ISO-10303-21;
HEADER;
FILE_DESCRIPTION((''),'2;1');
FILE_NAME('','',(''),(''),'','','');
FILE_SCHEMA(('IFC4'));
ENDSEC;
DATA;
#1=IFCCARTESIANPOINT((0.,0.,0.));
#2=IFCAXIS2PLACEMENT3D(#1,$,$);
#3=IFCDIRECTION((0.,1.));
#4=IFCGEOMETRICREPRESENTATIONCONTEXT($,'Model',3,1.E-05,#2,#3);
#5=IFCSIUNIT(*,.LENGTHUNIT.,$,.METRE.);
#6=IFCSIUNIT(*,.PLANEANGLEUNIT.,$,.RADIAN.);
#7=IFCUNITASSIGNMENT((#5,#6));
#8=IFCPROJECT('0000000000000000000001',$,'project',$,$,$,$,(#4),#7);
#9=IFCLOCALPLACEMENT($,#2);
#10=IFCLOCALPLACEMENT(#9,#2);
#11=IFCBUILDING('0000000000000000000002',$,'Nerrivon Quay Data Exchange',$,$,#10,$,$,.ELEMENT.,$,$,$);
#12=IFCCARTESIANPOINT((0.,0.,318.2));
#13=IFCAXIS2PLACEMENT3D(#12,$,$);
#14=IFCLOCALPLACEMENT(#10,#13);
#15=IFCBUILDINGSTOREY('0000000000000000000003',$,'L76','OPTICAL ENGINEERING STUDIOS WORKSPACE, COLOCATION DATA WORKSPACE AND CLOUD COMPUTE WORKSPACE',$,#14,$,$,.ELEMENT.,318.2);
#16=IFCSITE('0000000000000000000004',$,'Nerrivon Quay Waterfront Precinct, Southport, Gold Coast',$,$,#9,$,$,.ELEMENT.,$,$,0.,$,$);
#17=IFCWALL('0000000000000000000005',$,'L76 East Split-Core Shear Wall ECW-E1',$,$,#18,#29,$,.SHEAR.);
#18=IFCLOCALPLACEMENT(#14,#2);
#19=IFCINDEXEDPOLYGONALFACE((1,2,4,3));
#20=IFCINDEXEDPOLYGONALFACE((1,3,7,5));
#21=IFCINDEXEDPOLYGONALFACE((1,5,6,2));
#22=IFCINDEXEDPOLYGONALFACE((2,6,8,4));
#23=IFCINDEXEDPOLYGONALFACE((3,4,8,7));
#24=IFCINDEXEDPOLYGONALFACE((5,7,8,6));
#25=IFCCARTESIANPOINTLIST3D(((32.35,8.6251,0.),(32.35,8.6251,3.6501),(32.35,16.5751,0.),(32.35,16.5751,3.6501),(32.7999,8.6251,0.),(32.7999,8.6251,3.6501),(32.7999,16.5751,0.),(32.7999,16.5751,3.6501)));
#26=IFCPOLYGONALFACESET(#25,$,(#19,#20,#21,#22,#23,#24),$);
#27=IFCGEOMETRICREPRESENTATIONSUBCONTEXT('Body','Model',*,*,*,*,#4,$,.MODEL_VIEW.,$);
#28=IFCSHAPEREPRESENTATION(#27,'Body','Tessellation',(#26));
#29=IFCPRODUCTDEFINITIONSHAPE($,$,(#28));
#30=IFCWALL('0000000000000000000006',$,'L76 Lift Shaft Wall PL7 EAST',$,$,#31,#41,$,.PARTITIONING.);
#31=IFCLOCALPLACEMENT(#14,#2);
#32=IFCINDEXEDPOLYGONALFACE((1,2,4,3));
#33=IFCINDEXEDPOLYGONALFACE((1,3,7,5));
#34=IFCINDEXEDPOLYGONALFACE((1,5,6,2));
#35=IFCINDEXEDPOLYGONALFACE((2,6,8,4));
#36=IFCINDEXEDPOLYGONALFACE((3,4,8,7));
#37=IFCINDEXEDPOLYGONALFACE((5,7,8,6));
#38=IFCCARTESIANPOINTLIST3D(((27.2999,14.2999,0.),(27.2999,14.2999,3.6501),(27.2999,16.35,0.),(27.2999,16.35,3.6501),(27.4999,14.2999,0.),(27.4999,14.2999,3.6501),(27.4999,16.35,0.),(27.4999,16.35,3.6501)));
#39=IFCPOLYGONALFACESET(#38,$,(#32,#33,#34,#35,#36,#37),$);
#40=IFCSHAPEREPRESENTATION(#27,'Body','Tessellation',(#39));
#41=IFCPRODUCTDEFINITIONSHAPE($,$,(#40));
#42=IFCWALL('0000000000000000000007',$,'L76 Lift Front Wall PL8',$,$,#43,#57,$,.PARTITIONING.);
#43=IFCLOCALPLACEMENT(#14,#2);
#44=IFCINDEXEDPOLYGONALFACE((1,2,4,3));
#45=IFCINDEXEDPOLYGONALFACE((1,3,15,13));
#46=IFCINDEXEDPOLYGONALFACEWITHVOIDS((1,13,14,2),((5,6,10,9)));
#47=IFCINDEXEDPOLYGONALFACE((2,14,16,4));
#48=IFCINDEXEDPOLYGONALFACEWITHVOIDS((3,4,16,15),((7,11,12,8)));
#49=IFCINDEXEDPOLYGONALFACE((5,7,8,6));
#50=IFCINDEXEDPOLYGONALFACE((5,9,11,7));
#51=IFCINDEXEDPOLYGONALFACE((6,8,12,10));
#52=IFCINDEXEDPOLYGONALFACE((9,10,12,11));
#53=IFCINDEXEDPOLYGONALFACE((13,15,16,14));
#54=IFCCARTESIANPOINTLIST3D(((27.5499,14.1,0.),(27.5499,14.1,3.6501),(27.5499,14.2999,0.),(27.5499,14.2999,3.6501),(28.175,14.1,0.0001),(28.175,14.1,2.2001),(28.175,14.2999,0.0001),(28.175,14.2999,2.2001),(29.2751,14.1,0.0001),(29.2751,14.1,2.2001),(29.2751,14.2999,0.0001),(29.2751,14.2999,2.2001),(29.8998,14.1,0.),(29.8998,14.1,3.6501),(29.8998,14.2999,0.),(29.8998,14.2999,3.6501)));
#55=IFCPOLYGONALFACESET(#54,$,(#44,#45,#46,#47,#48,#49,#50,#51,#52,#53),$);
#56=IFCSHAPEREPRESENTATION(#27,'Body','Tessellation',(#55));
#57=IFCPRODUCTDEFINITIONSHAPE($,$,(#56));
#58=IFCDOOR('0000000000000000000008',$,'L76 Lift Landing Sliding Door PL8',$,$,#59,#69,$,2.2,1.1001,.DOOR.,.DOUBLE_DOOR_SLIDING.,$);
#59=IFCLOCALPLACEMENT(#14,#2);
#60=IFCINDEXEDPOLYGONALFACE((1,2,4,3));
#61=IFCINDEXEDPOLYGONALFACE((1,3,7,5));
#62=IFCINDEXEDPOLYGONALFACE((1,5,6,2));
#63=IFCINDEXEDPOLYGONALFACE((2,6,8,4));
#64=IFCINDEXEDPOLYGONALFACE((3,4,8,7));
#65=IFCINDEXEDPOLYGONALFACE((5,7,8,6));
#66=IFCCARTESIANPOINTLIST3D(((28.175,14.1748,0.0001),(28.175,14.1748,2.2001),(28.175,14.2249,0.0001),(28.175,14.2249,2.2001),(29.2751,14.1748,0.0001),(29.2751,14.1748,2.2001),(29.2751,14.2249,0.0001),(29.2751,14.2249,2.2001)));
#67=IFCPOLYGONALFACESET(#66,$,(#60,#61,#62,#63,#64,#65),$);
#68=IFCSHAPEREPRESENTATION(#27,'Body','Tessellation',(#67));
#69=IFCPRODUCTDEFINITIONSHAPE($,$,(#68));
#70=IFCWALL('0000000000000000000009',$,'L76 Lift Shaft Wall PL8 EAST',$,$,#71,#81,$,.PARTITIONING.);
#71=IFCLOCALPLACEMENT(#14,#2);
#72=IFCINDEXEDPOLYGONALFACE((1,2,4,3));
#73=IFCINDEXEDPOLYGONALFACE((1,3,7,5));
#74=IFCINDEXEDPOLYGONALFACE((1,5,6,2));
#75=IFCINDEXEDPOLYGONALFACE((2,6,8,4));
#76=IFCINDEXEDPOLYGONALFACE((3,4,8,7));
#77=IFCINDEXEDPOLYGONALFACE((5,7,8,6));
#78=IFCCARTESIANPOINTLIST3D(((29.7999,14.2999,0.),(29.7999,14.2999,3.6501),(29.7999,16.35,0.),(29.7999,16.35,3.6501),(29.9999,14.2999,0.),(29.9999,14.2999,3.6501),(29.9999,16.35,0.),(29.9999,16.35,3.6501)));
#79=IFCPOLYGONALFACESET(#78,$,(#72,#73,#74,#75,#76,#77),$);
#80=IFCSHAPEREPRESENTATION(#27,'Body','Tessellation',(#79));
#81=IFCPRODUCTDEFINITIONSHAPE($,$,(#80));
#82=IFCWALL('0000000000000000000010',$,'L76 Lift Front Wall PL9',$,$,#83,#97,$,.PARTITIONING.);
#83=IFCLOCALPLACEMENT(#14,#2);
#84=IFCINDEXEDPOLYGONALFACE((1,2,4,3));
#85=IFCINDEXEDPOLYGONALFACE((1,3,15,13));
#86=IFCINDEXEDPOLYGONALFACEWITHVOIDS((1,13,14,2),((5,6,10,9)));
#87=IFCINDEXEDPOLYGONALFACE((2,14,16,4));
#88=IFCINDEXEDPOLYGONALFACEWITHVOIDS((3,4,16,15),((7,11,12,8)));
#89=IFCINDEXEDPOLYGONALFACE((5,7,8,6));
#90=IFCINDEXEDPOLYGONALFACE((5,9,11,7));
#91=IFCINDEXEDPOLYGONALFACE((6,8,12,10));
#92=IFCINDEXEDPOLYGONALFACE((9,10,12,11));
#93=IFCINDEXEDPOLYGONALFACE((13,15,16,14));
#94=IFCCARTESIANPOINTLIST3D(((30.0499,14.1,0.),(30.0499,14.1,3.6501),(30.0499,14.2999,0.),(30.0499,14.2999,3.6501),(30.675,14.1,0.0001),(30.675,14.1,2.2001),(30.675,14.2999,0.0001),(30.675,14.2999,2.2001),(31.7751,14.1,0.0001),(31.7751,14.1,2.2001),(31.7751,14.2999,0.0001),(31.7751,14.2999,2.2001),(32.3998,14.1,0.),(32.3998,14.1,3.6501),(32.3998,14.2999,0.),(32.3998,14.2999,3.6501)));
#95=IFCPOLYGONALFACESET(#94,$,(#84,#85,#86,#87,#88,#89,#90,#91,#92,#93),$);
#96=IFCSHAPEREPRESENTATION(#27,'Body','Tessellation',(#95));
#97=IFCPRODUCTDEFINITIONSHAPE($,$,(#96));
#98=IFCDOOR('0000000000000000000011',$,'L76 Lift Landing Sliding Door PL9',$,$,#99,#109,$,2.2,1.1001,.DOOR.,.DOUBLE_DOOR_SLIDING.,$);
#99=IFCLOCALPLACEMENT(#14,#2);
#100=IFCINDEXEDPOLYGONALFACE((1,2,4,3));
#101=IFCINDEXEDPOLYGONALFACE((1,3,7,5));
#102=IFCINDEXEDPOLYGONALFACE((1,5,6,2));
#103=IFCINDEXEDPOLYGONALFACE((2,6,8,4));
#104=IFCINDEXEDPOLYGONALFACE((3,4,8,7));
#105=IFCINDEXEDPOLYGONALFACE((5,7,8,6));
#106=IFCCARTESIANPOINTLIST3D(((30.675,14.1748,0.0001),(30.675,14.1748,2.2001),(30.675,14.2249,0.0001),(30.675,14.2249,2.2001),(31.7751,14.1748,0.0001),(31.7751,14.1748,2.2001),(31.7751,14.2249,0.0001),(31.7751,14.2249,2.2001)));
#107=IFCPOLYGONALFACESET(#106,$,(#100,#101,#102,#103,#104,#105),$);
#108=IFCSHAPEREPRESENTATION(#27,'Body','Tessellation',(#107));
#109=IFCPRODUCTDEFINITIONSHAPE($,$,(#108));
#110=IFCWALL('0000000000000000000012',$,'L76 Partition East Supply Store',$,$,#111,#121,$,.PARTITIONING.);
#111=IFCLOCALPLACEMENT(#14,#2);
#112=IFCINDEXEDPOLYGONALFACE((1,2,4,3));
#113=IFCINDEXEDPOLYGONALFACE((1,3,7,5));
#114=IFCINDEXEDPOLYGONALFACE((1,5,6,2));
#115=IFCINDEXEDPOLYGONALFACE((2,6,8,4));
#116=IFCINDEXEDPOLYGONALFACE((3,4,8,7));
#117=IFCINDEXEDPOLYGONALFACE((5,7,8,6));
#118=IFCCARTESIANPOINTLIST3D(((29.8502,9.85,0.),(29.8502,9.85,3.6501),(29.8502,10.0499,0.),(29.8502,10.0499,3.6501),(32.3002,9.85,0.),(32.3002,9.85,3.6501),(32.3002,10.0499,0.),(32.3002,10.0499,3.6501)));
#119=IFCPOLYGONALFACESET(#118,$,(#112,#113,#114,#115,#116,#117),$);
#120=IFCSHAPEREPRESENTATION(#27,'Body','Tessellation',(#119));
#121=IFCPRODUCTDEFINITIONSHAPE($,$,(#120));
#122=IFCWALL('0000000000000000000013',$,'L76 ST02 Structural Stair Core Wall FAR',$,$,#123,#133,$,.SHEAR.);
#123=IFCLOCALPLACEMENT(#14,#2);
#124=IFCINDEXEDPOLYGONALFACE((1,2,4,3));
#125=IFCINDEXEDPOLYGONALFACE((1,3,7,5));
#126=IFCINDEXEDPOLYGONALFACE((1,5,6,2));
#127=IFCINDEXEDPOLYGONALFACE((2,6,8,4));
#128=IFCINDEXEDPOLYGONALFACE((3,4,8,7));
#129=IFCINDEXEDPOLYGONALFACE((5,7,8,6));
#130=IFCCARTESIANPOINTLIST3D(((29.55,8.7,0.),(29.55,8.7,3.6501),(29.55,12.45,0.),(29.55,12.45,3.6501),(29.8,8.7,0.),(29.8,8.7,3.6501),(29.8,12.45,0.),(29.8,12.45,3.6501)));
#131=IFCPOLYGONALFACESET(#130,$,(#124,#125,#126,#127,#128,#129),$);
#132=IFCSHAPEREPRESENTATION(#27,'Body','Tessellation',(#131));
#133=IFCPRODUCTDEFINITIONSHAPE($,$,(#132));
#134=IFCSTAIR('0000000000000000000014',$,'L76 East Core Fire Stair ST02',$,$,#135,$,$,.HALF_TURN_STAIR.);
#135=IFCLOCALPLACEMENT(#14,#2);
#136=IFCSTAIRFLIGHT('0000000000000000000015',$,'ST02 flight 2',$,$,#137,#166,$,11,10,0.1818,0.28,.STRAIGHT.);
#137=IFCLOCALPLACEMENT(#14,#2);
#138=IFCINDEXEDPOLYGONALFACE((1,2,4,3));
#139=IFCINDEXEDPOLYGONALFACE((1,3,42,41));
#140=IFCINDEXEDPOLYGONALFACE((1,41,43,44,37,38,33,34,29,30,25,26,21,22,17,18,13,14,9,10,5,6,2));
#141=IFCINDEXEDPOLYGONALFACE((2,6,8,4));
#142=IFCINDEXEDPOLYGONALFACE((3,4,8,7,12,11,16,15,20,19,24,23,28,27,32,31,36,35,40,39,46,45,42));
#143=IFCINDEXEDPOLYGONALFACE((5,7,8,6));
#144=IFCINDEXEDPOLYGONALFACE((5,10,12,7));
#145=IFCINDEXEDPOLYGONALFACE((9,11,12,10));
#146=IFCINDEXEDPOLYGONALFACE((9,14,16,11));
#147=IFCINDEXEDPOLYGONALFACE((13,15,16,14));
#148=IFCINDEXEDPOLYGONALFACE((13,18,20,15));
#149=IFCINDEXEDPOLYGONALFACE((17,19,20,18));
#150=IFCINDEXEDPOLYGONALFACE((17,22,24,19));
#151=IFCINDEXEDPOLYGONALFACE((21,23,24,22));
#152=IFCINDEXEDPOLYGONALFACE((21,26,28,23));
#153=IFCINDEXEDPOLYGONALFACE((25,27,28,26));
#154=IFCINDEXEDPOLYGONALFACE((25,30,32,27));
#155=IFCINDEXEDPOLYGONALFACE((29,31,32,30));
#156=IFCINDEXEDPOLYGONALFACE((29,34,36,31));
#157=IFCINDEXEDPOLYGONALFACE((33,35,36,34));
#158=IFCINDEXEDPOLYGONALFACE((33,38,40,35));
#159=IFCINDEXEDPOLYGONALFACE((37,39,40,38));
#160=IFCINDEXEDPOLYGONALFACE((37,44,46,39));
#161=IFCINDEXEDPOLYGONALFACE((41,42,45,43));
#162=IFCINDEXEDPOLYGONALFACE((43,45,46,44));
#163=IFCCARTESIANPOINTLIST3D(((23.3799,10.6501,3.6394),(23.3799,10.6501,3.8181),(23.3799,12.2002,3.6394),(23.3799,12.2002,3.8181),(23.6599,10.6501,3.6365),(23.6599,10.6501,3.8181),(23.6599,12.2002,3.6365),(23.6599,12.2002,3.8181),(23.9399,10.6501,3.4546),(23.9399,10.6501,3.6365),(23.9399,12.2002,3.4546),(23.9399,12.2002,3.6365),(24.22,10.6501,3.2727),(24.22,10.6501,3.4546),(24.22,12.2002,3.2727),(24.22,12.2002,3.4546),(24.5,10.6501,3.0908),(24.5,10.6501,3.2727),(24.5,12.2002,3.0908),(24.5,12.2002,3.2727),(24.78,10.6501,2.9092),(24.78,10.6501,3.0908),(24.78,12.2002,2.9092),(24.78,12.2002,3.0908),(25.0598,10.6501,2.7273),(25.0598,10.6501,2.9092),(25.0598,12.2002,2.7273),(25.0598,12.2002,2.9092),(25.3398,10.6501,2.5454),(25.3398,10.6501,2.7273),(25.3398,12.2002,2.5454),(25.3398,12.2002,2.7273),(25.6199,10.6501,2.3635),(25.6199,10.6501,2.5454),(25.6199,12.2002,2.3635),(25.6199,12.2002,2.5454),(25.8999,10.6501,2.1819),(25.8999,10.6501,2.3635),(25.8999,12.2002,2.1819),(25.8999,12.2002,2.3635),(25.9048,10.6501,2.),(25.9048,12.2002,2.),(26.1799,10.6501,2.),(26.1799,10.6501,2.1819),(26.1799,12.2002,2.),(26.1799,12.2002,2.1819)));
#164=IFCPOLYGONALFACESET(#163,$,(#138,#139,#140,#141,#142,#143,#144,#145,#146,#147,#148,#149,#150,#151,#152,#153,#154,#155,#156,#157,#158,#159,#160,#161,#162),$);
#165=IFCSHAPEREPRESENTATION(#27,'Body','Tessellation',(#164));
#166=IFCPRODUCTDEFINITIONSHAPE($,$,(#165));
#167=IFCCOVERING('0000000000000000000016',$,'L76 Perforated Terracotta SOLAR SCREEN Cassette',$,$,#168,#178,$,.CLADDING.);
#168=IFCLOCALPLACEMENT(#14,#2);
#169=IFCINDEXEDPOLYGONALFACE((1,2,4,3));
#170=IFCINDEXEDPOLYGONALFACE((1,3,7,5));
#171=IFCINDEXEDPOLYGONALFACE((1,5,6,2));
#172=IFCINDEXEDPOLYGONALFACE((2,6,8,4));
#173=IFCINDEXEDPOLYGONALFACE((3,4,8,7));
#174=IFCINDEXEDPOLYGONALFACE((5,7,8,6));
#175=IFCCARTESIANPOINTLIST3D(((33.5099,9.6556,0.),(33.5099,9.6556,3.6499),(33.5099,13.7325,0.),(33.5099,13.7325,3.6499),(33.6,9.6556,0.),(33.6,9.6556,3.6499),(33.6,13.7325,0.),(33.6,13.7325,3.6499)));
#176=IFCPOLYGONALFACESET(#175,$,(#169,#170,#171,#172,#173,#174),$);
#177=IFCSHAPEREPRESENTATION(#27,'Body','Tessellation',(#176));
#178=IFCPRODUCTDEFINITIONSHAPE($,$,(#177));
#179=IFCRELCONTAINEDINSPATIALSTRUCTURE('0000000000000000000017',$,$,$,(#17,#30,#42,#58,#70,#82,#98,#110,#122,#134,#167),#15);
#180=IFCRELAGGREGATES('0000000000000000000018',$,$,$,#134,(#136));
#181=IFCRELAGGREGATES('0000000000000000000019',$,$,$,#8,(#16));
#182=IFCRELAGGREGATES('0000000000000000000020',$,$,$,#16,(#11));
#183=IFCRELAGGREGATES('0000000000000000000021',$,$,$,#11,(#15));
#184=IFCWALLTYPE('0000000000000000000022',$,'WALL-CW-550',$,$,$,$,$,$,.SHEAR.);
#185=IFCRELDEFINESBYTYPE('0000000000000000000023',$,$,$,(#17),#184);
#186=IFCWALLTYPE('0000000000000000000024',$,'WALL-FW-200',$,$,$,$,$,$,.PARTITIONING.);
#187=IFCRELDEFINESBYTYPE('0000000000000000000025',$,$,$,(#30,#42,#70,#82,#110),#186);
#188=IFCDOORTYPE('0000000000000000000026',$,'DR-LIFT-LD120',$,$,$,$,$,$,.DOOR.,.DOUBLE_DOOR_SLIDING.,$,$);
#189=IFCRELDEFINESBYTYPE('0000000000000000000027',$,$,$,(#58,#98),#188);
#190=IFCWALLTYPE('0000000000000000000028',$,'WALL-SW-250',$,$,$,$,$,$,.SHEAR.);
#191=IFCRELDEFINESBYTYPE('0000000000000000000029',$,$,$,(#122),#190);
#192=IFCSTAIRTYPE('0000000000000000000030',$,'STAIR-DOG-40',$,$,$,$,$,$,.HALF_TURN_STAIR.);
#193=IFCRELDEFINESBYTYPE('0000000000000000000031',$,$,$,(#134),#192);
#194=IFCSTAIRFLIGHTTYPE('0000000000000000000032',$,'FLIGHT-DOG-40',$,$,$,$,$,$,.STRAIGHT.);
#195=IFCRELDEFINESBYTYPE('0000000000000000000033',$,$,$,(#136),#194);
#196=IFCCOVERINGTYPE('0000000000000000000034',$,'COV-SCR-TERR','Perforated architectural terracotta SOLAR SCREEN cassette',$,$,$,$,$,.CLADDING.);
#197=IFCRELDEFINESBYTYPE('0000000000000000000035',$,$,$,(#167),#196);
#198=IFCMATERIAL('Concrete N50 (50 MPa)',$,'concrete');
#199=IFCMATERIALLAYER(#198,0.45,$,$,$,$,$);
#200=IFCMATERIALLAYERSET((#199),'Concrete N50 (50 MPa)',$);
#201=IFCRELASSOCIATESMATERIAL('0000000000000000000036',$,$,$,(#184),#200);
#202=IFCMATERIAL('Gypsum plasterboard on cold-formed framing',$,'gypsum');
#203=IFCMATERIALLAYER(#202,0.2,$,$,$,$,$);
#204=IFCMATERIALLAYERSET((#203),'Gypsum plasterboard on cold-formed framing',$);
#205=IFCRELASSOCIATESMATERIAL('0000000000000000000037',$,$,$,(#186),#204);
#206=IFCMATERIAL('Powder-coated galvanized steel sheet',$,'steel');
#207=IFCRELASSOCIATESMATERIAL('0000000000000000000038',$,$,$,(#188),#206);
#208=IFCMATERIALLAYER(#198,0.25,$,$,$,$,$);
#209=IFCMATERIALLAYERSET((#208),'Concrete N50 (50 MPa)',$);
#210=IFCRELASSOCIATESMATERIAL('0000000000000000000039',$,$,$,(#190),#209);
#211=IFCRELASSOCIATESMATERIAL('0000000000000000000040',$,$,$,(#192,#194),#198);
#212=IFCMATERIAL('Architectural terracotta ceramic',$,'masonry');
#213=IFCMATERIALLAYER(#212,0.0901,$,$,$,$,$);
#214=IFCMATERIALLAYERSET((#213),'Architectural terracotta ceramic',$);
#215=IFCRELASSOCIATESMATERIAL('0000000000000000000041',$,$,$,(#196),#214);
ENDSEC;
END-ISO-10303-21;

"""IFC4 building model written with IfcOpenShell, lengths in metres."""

from ifc_helpers import new_model, si_unit, direction, frame, frame_2d, origin, origin_2d, place, context, subcontext, project, spatial, polyline, rectangle, outline, extrude, material, layer, layer_set, type_object, element, fill, aggregate, save


model = new_model("IFC4")

# Units and contexts
model_context = context("Model", 3, precision=1e-05, world=origin(), true_north=direction((0.0, 1.0)))
body_context = subcontext(model_context, "Body", "Model", "MODEL_VIEW")
ifc_project = project(units=[si_unit("LENGTHUNIT", "METRE"), si_unit("PLANEANGLEUNIT", "RADIAN")], contexts=[model_context])

# Site, building, storey
site_placement = place(None, origin())
site = spatial("IfcSite", under=ifc_project, at=site_placement, Name="Nerrivon Quay Waterfront Precinct, Southport, Gold Coast", CompositionType="ELEMENT", RefElevation=0.0)
building_placement = place(site_placement, origin())
building = spatial("IfcBuilding", under=site, at=building_placement, Name="Nerrivon Quay Data Exchange", CompositionType="ELEMENT")
storey_placement = place(building_placement, frame((0.0, 0.0, 318.2)))
storey = spatial("IfcBuildingStorey", under=building, at=storey_placement, Name="L76", Description="OPTICAL ENGINEERING STUDIOS WORKSPACE, COLOCATION DATA WORKSPACE AND CLOUD COMPUTE WORKSPACE", CompositionType="ELEMENT", Elevation=318.2)

# Shared definitions
ifc_material_1 = material(Name="Concrete N50 (50 MPa)", Category="concrete")

# Walls
ifc_layer_1 = layer(ifc_material_1, 0.45)
ifc_layer_set_1 = layer_set([ifc_layer_1], Name="Concrete N50 (50 MPa)")
wall_type_1 = type_object("IfcWallType", Name="WALL-CW-550", PredefinedType="SHEAR", material=ifc_layer_set_1)
wall_1_placement = place(storey_placement, frame((32.575, 8.625, 0.0), z_axis=(0.0, 0.0, 1.0), x_axis=(0.0, 1.0, 0.0)))
element("IfcWall", 1, at=wall_1_placement, inside=storey, type_object=wall_type_1, Name="L76 East Split-Core Shear Wall ECW-E1", PredefinedType="SHEAR", context=body_context, shape_type="SweptSolid", body=[
    extrude(rectangle(XDim=7.95, YDim=0.45, at=frame_2d((3.9751, 0.0))), origin(), (0.0, 0.0, 1.0), 3.6501),
])
ifc_material_2 = material(Name="Gypsum plasterboard on cold-formed framing", Category="gypsum")
ifc_layer_2 = layer(ifc_material_2, 0.2)
ifc_layer_set_2 = layer_set([ifc_layer_2], Name="Gypsum plasterboard on cold-formed framing")
wall_type_2 = type_object("IfcWallType", Name="WALL-FW-200", PredefinedType="PARTITIONING", material=ifc_layer_set_2)
wall_2_placement = place(storey_placement, frame((27.3999, 14.3, 0.0), z_axis=(0.0, 0.0, 1.0), x_axis=(0.0, 1.0, 0.0)))
element("IfcWall", 2, at=wall_2_placement, inside=storey, type_object=wall_type_2, Name="L76 Lift Shaft Wall PL7 EAST", PredefinedType="PARTITIONING", context=body_context, shape_type="SweptSolid", body=[
    extrude(rectangle(XDim=2.05, YDim=0.2, at=frame_2d((1.0249, 0.0))), origin(), (0.0, 0.0, 1.0), 3.6501),
])

# Wall, opening, door
wall_3_placement = place(storey_placement, frame((27.55, 14.2, 0.0), z_axis=(0.0, 0.0, 1.0), x_axis=(1.0, 0.0, 0.0)))
wall_3 = element("IfcWall", 3, at=wall_3_placement, inside=storey, type_object=wall_type_2, Name="L76 Lift Front Wall PL8", PredefinedType="PARTITIONING", context=body_context, shape_type="SweptSolid", body=[
    extrude(rectangle(XDim=2.3499, YDim=0.2, at=frame_2d((1.1748, 0.0))), origin(), (0.0, 0.0, 1.0), 3.6501),
])
opening_1_placement = place(wall_3_placement, frame((0.625, 0.0, 0.0)))
opening_1 = element("IfcOpeningElement", 4, at=opening_1_placement, cuts=wall_3, PredefinedType="OPENING", context=body_context, shape_type="SweptSolid", body=[
    extrude(rectangle(XDim=1.1001, YDim=2.2, at=frame_2d((0.55, 1.1001))), frame((0.0, 0.1099, 0.0), z_axis=(0.0, -1.0, 0.0), x_axis=(1.0, 0.0, 0.0)), (0.0, 0.0, 1.0), 0.22),
])
ifc_material_3 = material(Name="Powder-coated galvanized steel sheet", Category="steel")
door_type_1 = type_object("IfcDoorType", Name="DR-LIFT-LD120", OperationType="DOUBLE_DOOR_SLIDING", PredefinedType="DOOR", material=ifc_material_3)
door_1_placement = place(opening_1_placement, origin())
door_1 = element("IfcDoor", 5, at=door_1_placement, inside=storey, type_object=door_type_1, Name="L76 Lift Landing Sliding Door PL8", OperationType="DOUBLE_DOOR_SLIDING", OverallHeight=2.2, OverallWidth=1.1001, PredefinedType="DOOR", context=body_context, shape_type="SweptSolid", body=[
    extrude(rectangle(XDim=1.1001, YDim=2.2, at=frame_2d((0.55, 1.1001))), frame((0.0, 0.0249, 0.0), z_axis=(0.0, -1.0, 0.0), x_axis=(1.0, 0.0, 0.0)), (0.0, 0.0, 1.0), 0.05),
])
fill(opening_1, door_1)

# Wall
wall_4_placement = place(storey_placement, frame((29.8999, 14.3, 0.0), z_axis=(0.0, 0.0, 1.0), x_axis=(0.0, 1.0, 0.0)))
element("IfcWall", 6, at=wall_4_placement, inside=storey, type_object=wall_type_2, Name="L76 Lift Shaft Wall PL8 EAST", PredefinedType="PARTITIONING", context=body_context, shape_type="SweptSolid", body=[
    extrude(rectangle(XDim=2.05, YDim=0.2, at=frame_2d((1.0249, 0.0))), origin(), (0.0, 0.0, 1.0), 3.6501),
])

# Wall, opening, door
wall_5_placement = place(storey_placement, frame((30.05, 14.2, 0.0), z_axis=(0.0, 0.0, 1.0), x_axis=(1.0, 0.0, 0.0)))
wall_5 = element("IfcWall", 7, at=wall_5_placement, inside=storey, type_object=wall_type_2, Name="L76 Lift Front Wall PL9", PredefinedType="PARTITIONING", context=body_context, shape_type="SweptSolid", body=[
    extrude(rectangle(XDim=2.3499, YDim=0.2, at=frame_2d((1.1748, 0.0))), origin(), (0.0, 0.0, 1.0), 3.6501),
])
opening_2_placement = place(wall_5_placement, frame((0.625, 0.0, 0.0)))
opening_2 = element("IfcOpeningElement", 8, at=opening_2_placement, cuts=wall_5, PredefinedType="OPENING", context=body_context, shape_type="SweptSolid", body=[
    extrude(rectangle(XDim=1.1001, YDim=2.2, at=frame_2d((0.55, 1.1001))), frame((0.0, 0.1099, 0.0), z_axis=(0.0, -1.0, 0.0), x_axis=(1.0, 0.0, 0.0)), (0.0, 0.0, 1.0), 0.22),
])
door_2_placement = place(opening_2_placement, origin())
door_2 = element("IfcDoor", 9, at=door_2_placement, inside=storey, type_object=door_type_1, Name="L76 Lift Landing Sliding Door PL9", OperationType="DOUBLE_DOOR_SLIDING", OverallHeight=2.2, OverallWidth=1.1001, PredefinedType="DOOR", context=body_context, shape_type="SweptSolid", body=[
    extrude(rectangle(XDim=1.1001, YDim=2.2, at=frame_2d((0.55, 1.1001))), frame((0.0, 0.0249, 0.0), z_axis=(0.0, -1.0, 0.0), x_axis=(1.0, 0.0, 0.0)), (0.0, 0.0, 1.0), 0.05),
])
fill(opening_2, door_2)

# Walls
wall_6_placement = place(storey_placement, frame((29.8501, 9.95, 0.0), z_axis=(0.0, 0.0, 1.0), x_axis=(1.0, 0.0, 0.0)))
element("IfcWall", 10, at=wall_6_placement, inside=storey, type_object=wall_type_2, Name="L76 Partition East Supply Store", PredefinedType="PARTITIONING", context=body_context, shape_type="SweptSolid", body=[
    extrude(rectangle(XDim=2.45, YDim=0.2, at=frame_2d((1.2251, 0.0))), origin(), (0.0, 0.0, 1.0), 3.6501),
])
ifc_layer_3 = layer(ifc_material_1, 0.25)
ifc_layer_set_3 = layer_set([ifc_layer_3], Name="Concrete N50 (50 MPa)")
wall_type_3 = type_object("IfcWallType", Name="WALL-SW-250", PredefinedType="SHEAR", material=ifc_layer_set_3)
wall_7_placement = place(storey_placement, frame((29.675, 8.7, 0.0), z_axis=(0.0, 0.0, 1.0), x_axis=(0.0, 1.0, 0.0)))
element("IfcWall", 11, at=wall_7_placement, inside=storey, type_object=wall_type_3, Name="L76 ST02 Structural Stair Core Wall FAR", PredefinedType="SHEAR", context=body_context, shape_type="SweptSolid", body=[
    extrude(rectangle(XDim=3.75, YDim=0.25, at=frame_2d((1.875, 0.0))), origin(), (0.0, 0.0, 1.0), 3.6501),
])

# Stair, stair flight
stair_type = type_object("IfcStairType", Name="STAIR-DOG-40", PredefinedType="HALF_TURN_STAIR", material=ifc_material_1)
stair_placement = place(storey_placement, origin())
stair = element("IfcStair", 12, at=stair_placement, inside=storey, type_object=stair_type, Name="L76 East Core Fire Stair ST02", PredefinedType="HALF_TURN_STAIR")
stair_flight_type = type_object("IfcStairFlightType", Name="FLIGHT-DOG-40", PredefinedType="STRAIGHT", material=ifc_material_1)
stair_flight_placement = place(storey_placement, frame((26.1799, 11.425, 2.0), z_axis=(0.0, 0.0, 1.0), x_axis=(-1.0, 0.0, 0.0)))
stair_flight = element("IfcStairFlight", 13, at=stair_flight_placement, type_object=stair_flight_type, Name="ST02 flight 2", NumberOfRisers=11, NumberOfTreads=10, PredefinedType="STRAIGHT", RiserHeight=0.1818, TreadLength=0.28, context=body_context, shape_type="SweptSolid", body=[
    extrude(outline(polyline([(0.0, 0.0), (0.0, 0.1819), (0.28, 0.1819), (0.28, 0.3635), (0.5601, 0.3635), (0.5601, 0.5454), (0.8401, 0.5454), (0.8401, 0.7273), (1.1201, 0.7273), (1.1201, 0.9092), (1.3999, 0.9092), (1.3999, 1.0908), (1.6799, 1.0908), (1.6799, 1.2727), (1.96, 1.2727), (1.96, 1.4546), (2.24, 1.4546), (2.24, 1.6365), (2.52, 1.6365), (2.52, 1.8181), (2.8, 1.8181), (2.8, 2.0), (2.8, 1.6394), (0.2751, 0.0), (0.0, 0.0)])), frame((0.0, 0.7749, 0.0), z_axis=(0.0, -1.0, 0.0), x_axis=(1.0, 0.0, 0.0)), (0.0, 0.0, 1.0), 1.55),
])
aggregate(stair, [stair_flight])

# Covering
ifc_material_4 = material(Name="Architectural terracotta ceramic", Category="masonry")
ifc_layer_4 = layer(ifc_material_4, 0.0901)
ifc_layer_set_4 = layer_set([ifc_layer_4], Name="Architectural terracotta ceramic")
covering_type = type_object("IfcCoveringType", Name="COV-SCR-TERR", Description="Perforated architectural terracotta SOLAR SCREEN cassette", PredefinedType="CLADDING", material=ifc_layer_set_4)
covering_placement = place(storey_placement, frame((33.5549, 11.6941, 0.0), z_axis=(0.0, 0.0, 1.0), x_axis=(0.0, -1.0, 0.0)))
element("IfcCovering", 14, at=covering_placement, inside=storey, type_object=covering_type, Name="L76 Perforated Terracotta SOLAR SCREEN Cassette", PredefinedType="CLADDING", context=body_context, shape_type="SweptSolid", body=[
    extrude(rectangle(XDim=4.0769, YDim=0.0901, at=origin_2d()), origin(), (0.0, 0.0, 1.0), 3.6499),
])

save(model, "model.ifc")
